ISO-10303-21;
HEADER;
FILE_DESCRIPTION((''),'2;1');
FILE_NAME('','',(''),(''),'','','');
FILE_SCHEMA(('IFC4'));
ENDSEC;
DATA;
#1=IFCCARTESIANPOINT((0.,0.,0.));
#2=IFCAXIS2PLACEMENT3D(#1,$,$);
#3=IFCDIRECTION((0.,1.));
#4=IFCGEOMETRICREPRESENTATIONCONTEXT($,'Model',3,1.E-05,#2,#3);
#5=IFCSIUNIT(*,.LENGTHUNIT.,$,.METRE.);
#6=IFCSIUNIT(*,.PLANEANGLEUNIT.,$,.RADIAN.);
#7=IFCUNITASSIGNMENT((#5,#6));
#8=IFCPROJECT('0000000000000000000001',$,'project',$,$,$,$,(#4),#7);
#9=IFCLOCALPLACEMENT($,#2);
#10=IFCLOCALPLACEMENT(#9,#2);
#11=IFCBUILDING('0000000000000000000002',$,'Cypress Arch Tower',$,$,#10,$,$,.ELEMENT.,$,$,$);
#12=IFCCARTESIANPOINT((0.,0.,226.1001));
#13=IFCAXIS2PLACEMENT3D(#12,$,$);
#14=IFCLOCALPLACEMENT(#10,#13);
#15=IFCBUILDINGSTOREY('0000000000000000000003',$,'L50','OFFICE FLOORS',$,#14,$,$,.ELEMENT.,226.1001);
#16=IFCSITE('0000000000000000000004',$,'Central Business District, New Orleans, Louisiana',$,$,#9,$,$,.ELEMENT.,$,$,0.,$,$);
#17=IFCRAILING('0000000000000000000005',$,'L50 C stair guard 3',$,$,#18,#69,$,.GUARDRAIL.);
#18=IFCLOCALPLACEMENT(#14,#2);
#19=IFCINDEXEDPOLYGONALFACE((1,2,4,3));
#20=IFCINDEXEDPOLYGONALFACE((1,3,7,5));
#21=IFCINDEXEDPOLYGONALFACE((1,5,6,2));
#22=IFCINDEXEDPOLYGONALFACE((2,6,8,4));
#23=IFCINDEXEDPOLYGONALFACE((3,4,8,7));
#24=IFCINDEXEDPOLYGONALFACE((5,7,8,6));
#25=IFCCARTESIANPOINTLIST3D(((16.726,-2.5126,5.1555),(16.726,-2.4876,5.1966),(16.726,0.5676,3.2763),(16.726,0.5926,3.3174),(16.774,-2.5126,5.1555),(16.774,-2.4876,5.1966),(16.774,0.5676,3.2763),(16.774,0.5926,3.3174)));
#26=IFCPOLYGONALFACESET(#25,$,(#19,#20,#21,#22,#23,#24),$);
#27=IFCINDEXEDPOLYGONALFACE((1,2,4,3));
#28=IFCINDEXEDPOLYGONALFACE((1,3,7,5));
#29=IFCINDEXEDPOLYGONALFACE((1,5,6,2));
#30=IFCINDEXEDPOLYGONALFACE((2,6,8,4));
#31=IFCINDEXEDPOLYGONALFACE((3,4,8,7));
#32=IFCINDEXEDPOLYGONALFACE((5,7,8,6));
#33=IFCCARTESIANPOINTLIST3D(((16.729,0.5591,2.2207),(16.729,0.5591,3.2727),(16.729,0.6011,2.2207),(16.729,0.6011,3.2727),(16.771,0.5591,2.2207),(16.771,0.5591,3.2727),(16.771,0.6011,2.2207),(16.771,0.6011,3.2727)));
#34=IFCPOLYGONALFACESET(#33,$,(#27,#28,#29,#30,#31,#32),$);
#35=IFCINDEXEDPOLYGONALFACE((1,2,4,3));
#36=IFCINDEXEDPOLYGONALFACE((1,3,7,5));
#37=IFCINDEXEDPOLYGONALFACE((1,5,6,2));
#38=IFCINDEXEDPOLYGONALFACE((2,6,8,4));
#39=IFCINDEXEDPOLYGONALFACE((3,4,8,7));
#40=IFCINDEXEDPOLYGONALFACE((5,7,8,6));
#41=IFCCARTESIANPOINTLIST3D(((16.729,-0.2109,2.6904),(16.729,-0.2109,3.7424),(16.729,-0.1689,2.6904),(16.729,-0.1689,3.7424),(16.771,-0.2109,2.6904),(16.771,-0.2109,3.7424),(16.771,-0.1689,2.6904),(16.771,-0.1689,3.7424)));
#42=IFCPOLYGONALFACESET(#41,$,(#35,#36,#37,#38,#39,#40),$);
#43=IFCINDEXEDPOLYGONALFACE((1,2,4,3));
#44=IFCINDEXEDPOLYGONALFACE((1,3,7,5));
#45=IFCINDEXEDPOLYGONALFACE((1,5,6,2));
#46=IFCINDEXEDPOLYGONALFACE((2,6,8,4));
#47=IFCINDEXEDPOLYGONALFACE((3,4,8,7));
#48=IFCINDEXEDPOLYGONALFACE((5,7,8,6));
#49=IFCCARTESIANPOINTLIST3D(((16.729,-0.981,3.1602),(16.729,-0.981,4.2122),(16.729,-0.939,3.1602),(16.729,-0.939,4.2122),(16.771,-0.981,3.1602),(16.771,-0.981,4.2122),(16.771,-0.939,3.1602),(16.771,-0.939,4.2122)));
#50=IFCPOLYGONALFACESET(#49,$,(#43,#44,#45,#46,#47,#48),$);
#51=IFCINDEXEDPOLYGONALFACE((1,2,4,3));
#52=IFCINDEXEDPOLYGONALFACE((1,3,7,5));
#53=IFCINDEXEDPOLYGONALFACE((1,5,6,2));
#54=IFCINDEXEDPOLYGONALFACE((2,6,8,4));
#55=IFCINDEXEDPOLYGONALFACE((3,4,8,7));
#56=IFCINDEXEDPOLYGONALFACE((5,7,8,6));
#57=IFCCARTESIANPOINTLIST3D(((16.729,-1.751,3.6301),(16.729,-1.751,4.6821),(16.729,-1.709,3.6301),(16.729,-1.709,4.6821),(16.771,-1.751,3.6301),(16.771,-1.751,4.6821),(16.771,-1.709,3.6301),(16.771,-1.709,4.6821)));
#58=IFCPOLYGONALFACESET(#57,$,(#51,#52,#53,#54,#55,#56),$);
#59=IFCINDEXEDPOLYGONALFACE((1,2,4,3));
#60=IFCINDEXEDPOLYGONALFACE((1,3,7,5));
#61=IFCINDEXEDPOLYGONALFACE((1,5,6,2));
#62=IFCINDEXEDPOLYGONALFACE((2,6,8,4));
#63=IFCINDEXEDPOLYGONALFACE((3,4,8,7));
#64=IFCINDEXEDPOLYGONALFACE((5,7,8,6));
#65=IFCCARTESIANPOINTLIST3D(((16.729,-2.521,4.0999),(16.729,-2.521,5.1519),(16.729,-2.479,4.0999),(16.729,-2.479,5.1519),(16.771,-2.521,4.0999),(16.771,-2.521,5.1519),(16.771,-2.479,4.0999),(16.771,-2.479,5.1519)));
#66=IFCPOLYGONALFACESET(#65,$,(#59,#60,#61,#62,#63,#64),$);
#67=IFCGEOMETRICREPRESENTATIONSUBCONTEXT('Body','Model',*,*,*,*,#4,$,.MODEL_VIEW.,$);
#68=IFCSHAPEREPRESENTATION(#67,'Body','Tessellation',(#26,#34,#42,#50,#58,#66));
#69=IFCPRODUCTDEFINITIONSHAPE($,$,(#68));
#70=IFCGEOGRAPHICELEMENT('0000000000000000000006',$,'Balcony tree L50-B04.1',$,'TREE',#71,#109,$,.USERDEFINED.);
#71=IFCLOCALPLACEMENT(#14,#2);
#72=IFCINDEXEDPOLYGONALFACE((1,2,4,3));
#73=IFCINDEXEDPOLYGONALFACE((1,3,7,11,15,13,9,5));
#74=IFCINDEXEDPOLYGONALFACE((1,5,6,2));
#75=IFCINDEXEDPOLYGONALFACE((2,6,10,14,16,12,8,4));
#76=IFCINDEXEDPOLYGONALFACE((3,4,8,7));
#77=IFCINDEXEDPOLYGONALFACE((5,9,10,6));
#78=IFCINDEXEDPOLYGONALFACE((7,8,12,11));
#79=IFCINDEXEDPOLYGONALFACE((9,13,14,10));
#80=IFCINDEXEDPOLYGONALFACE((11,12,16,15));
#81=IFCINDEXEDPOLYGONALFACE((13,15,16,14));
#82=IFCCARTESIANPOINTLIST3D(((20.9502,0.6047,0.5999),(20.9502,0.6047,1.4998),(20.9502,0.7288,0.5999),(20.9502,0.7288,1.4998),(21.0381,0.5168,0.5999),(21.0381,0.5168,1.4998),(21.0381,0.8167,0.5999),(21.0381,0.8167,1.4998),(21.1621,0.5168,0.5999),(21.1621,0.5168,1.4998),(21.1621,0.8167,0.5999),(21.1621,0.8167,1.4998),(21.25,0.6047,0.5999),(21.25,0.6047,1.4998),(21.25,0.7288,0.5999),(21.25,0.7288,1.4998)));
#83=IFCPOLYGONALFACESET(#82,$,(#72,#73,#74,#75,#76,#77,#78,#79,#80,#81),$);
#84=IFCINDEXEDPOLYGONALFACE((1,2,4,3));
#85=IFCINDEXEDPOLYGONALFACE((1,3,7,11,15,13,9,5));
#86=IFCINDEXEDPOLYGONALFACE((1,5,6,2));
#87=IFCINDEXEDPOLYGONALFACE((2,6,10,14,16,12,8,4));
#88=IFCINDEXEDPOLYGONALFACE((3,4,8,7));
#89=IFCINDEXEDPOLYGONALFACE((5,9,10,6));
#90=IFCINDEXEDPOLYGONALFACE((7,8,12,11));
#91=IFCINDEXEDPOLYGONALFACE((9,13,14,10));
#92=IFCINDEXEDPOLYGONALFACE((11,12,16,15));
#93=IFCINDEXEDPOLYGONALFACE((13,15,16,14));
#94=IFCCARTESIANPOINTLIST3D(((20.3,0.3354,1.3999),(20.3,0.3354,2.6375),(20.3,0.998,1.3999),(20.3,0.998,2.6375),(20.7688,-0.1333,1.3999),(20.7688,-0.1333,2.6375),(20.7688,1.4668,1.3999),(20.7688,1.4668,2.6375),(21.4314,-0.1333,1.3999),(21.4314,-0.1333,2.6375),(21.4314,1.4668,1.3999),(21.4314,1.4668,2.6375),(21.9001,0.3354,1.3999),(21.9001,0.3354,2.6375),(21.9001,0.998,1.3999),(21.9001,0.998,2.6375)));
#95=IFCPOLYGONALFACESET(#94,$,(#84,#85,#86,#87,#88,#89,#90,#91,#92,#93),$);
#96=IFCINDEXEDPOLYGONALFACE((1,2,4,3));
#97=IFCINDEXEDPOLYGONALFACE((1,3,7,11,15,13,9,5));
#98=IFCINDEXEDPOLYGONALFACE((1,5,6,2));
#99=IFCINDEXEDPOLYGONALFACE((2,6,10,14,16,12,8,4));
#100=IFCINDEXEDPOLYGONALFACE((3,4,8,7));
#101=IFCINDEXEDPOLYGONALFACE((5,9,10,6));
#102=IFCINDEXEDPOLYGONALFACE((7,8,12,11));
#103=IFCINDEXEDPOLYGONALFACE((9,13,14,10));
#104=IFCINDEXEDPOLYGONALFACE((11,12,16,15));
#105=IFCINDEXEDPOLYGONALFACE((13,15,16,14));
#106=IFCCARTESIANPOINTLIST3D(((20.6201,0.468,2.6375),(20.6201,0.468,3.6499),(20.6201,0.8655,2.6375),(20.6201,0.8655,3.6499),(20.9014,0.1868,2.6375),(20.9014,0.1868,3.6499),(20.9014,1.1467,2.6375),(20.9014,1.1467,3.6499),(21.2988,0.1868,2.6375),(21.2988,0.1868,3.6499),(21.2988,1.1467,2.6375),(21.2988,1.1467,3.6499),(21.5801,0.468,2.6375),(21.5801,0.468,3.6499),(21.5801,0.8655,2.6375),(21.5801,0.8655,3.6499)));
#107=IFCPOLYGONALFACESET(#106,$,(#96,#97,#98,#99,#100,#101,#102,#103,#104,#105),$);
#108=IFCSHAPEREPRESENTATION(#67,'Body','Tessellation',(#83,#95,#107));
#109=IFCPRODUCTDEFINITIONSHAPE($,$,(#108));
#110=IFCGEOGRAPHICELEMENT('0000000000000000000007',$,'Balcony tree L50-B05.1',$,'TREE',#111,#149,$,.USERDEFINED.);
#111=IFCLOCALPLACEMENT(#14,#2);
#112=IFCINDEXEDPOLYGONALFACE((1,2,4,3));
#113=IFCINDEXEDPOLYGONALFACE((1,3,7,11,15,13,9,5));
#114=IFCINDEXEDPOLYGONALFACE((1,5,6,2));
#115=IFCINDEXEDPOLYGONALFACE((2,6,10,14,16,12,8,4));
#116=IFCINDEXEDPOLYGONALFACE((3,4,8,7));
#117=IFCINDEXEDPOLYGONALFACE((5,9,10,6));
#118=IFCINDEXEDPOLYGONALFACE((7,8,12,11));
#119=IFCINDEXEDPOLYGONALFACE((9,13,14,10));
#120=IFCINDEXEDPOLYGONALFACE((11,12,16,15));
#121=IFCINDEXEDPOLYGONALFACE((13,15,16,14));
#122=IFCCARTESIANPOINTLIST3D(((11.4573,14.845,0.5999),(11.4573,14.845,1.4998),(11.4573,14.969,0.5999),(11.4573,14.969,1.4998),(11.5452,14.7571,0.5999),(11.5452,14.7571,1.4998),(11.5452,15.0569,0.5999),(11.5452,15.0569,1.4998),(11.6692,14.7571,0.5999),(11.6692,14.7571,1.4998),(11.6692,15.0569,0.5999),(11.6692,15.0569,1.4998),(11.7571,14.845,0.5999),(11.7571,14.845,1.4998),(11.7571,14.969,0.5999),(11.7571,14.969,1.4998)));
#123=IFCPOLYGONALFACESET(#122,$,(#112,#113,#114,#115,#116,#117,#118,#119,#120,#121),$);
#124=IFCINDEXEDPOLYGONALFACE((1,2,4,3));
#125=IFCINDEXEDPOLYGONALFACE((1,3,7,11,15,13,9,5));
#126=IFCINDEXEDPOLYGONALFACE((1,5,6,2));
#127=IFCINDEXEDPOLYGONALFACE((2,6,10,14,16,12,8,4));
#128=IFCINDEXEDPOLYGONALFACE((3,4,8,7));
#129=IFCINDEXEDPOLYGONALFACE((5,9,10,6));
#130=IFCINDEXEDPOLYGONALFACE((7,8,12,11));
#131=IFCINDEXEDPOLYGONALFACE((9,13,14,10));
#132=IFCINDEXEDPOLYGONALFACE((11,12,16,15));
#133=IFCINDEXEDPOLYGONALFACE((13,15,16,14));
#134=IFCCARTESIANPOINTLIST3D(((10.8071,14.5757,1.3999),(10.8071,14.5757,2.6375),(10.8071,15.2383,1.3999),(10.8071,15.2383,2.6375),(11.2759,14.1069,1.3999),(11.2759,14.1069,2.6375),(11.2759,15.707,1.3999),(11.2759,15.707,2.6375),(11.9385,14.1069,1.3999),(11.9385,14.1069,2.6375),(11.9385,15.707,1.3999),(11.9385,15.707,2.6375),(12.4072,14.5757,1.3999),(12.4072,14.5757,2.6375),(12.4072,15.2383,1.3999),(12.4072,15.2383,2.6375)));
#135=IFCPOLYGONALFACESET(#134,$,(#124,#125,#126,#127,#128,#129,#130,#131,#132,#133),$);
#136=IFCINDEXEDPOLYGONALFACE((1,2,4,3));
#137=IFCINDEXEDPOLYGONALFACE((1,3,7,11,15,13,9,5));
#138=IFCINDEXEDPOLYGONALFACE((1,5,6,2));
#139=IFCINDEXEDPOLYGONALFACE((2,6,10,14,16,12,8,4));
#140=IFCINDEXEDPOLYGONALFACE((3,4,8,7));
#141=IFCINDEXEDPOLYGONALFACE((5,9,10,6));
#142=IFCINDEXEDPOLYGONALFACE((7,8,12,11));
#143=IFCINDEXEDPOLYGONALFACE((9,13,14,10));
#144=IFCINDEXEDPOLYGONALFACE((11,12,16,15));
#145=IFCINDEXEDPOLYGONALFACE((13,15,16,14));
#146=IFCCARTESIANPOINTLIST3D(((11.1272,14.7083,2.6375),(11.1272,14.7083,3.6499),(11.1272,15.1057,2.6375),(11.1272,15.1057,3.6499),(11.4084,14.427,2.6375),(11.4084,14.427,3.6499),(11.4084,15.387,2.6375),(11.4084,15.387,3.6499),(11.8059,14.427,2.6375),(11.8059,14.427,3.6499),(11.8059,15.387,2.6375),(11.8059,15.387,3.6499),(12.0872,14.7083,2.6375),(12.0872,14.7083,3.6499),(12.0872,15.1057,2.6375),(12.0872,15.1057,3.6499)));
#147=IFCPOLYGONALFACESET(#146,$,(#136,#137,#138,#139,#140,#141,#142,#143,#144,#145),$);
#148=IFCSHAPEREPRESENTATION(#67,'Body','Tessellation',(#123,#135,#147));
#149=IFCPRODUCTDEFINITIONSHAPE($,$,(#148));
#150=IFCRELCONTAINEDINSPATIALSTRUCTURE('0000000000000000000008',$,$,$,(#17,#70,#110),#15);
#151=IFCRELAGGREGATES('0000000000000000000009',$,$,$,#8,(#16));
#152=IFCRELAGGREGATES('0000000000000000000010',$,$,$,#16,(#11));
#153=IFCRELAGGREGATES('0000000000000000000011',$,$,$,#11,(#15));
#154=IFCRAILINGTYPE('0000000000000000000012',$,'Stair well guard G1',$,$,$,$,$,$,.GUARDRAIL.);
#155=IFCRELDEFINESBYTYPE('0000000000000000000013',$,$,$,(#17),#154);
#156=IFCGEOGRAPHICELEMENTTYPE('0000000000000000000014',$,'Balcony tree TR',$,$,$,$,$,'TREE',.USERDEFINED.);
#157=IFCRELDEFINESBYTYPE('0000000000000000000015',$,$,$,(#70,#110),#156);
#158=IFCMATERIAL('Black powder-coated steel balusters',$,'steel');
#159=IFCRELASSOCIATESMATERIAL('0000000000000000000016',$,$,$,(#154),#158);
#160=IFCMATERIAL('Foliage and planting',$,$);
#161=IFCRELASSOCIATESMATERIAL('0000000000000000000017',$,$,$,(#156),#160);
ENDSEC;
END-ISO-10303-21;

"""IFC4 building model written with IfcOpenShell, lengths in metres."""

from ifc_helpers import new_model, si_unit, direction, frame, origin, origin_2d, place, context, subcontext, project, spatial, polyline, rectangle, outline, extrude, material, type_object, element, save


model = new_model("IFC4")

# Units and contexts
model_context = context("Model", 3, precision=1e-05, world=origin(), true_north=direction((0.0, 1.0)))
body_context = subcontext(model_context, "Body", "Model", "MODEL_VIEW")
ifc_project = project(units=[si_unit("LENGTHUNIT", "METRE"), si_unit("PLANEANGLEUNIT", "RADIAN")], contexts=[model_context])

# Site, building, storey
site_placement = place(None, origin())
site = spatial("IfcSite", under=ifc_project, at=site_placement, Name="Central Business District, New Orleans, Louisiana", CompositionType="ELEMENT", RefElevation=0.0)
building_placement = place(site_placement, origin())
building = spatial("IfcBuilding", under=site, at=building_placement, Name="Cypress Arch Tower", CompositionType="ELEMENT")
storey_placement = place(building_placement, frame((0.0, 0.0, 226.1001)))
storey = spatial("IfcBuildingStorey", under=building, at=storey_placement, Name="L50", Description="OFFICE FLOORS", CompositionType="ELEMENT", Elevation=226.1001)

# Railing
ifc_material_1 = material(Name="Black powder-coated steel balusters", Category="steel")
railing_type_1 = type_object("IfcRailingType", Name="Stair well guard G1", PredefinedType="GUARDRAIL", material=ifc_material_1)
railing_1_placement = place(storey_placement, frame((16.75, 0.5801, 2.2207)))
element("IfcRailing", 1, at=railing_1_placement, inside=storey, type_object=railing_type_1, Name="L50 C stair guard 3", PredefinedType="GUARDRAIL", context=body_context, shape_type="SweptSolid", body=[
    extrude(rectangle(XDim=0.0481, YDim=0.0481, at=origin_2d()), frame((0.0, 0.0, 1.0762), z_axis=(0.0, -0.853666, 0.52082), x_axis=(1.0, 0.0, 0.0)), (0.0, 0.0, 1.0), 3.6082),
    extrude(rectangle(XDim=0.042, YDim=0.042, at=origin_2d()), origin(), (0.0, 0.0, 1.0), 1.052),
    extrude(rectangle(XDim=0.042, YDim=0.042, at=origin_2d()), frame((0.0, -0.77, 0.4697)), (0.0, 0.0, 1.0), 1.052),
    extrude(rectangle(XDim=0.042, YDim=0.042, at=origin_2d()), frame((0.0, -1.54, 0.9395)), (0.0, 0.0, 1.0), 1.052),
    extrude(rectangle(XDim=0.042, YDim=0.042, at=origin_2d()), frame((0.0, -2.3101, 1.4094)), (0.0, 0.0, 1.0), 1.052),
    extrude(rectangle(XDim=0.042, YDim=0.042, at=origin_2d()), frame((0.0, -3.0801, 1.8792)), (0.0, 0.0, 1.0), 1.052),
])

# Geographic elements
ifc_material_2 = material(Name="Foliage and planting")
geographic_element_type = type_object("IfcGeographicElementType", Name="Balcony tree TR", ElementType="TREE", PredefinedType="USERDEFINED", material=ifc_material_2)
for number, where, z_axis, x_axis, name in (
    (2, (21.1001, 0.6667, 0.5999), (0.0, 0.0, 1.0), (1.0, 0.0, 0.0), "Balcony tree L50-B04.1"),
    (3, (11.6072, 14.907, 0.5999), (0.0, 0.0, 1.0), (1.0, 0.0, 0.0), "Balcony tree L50-B05.1"),
):
    element("IfcGeographicElement", number, at=place(storey_placement, frame(where, z_axis=z_axis, x_axis=x_axis)), inside=storey, type_object=geographic_element_type, Name=name, ObjectType="TREE", PredefinedType="USERDEFINED", context=body_context, shape_type="SweptSolid", body=[
        extrude(outline(polyline([(0.1499, 0.062), (0.062, 0.1499), (-0.062, 0.1499), (-0.1499, 0.062), (-0.1499, -0.062), (-0.062, -0.1499), (0.062, -0.1499), (0.1499, -0.062), (0.1499, 0.062)])), origin(), (0.0, 0.0, 1.0), 0.8999),
        extrude(outline(polyline([(0.8, 0.3313), (0.3313, 0.8), (-0.3313, 0.8), (-0.8, 0.3313), (-0.8, -0.3313), (-0.3313, -0.8), (0.3313, -0.8), (0.8, -0.3313), (0.8, 0.3313)])), frame((0.0, 0.0, 0.8)), (0.0, 0.0, 1.0), 1.2375),
        extrude(outline(polyline([(0.48, 0.1987), (0.1987, 0.48), (-0.1987, 0.48), (-0.48, 0.1987), (-0.48, -0.1987), (-0.1987, -0.48), (0.1987, -0.48), (0.48, -0.1987), (0.48, 0.1987)])), frame((0.0, 0.0, 2.0376)), (0.0, 0.0, 1.0), 1.0125),
    ])

save(model, "model.ifc")
